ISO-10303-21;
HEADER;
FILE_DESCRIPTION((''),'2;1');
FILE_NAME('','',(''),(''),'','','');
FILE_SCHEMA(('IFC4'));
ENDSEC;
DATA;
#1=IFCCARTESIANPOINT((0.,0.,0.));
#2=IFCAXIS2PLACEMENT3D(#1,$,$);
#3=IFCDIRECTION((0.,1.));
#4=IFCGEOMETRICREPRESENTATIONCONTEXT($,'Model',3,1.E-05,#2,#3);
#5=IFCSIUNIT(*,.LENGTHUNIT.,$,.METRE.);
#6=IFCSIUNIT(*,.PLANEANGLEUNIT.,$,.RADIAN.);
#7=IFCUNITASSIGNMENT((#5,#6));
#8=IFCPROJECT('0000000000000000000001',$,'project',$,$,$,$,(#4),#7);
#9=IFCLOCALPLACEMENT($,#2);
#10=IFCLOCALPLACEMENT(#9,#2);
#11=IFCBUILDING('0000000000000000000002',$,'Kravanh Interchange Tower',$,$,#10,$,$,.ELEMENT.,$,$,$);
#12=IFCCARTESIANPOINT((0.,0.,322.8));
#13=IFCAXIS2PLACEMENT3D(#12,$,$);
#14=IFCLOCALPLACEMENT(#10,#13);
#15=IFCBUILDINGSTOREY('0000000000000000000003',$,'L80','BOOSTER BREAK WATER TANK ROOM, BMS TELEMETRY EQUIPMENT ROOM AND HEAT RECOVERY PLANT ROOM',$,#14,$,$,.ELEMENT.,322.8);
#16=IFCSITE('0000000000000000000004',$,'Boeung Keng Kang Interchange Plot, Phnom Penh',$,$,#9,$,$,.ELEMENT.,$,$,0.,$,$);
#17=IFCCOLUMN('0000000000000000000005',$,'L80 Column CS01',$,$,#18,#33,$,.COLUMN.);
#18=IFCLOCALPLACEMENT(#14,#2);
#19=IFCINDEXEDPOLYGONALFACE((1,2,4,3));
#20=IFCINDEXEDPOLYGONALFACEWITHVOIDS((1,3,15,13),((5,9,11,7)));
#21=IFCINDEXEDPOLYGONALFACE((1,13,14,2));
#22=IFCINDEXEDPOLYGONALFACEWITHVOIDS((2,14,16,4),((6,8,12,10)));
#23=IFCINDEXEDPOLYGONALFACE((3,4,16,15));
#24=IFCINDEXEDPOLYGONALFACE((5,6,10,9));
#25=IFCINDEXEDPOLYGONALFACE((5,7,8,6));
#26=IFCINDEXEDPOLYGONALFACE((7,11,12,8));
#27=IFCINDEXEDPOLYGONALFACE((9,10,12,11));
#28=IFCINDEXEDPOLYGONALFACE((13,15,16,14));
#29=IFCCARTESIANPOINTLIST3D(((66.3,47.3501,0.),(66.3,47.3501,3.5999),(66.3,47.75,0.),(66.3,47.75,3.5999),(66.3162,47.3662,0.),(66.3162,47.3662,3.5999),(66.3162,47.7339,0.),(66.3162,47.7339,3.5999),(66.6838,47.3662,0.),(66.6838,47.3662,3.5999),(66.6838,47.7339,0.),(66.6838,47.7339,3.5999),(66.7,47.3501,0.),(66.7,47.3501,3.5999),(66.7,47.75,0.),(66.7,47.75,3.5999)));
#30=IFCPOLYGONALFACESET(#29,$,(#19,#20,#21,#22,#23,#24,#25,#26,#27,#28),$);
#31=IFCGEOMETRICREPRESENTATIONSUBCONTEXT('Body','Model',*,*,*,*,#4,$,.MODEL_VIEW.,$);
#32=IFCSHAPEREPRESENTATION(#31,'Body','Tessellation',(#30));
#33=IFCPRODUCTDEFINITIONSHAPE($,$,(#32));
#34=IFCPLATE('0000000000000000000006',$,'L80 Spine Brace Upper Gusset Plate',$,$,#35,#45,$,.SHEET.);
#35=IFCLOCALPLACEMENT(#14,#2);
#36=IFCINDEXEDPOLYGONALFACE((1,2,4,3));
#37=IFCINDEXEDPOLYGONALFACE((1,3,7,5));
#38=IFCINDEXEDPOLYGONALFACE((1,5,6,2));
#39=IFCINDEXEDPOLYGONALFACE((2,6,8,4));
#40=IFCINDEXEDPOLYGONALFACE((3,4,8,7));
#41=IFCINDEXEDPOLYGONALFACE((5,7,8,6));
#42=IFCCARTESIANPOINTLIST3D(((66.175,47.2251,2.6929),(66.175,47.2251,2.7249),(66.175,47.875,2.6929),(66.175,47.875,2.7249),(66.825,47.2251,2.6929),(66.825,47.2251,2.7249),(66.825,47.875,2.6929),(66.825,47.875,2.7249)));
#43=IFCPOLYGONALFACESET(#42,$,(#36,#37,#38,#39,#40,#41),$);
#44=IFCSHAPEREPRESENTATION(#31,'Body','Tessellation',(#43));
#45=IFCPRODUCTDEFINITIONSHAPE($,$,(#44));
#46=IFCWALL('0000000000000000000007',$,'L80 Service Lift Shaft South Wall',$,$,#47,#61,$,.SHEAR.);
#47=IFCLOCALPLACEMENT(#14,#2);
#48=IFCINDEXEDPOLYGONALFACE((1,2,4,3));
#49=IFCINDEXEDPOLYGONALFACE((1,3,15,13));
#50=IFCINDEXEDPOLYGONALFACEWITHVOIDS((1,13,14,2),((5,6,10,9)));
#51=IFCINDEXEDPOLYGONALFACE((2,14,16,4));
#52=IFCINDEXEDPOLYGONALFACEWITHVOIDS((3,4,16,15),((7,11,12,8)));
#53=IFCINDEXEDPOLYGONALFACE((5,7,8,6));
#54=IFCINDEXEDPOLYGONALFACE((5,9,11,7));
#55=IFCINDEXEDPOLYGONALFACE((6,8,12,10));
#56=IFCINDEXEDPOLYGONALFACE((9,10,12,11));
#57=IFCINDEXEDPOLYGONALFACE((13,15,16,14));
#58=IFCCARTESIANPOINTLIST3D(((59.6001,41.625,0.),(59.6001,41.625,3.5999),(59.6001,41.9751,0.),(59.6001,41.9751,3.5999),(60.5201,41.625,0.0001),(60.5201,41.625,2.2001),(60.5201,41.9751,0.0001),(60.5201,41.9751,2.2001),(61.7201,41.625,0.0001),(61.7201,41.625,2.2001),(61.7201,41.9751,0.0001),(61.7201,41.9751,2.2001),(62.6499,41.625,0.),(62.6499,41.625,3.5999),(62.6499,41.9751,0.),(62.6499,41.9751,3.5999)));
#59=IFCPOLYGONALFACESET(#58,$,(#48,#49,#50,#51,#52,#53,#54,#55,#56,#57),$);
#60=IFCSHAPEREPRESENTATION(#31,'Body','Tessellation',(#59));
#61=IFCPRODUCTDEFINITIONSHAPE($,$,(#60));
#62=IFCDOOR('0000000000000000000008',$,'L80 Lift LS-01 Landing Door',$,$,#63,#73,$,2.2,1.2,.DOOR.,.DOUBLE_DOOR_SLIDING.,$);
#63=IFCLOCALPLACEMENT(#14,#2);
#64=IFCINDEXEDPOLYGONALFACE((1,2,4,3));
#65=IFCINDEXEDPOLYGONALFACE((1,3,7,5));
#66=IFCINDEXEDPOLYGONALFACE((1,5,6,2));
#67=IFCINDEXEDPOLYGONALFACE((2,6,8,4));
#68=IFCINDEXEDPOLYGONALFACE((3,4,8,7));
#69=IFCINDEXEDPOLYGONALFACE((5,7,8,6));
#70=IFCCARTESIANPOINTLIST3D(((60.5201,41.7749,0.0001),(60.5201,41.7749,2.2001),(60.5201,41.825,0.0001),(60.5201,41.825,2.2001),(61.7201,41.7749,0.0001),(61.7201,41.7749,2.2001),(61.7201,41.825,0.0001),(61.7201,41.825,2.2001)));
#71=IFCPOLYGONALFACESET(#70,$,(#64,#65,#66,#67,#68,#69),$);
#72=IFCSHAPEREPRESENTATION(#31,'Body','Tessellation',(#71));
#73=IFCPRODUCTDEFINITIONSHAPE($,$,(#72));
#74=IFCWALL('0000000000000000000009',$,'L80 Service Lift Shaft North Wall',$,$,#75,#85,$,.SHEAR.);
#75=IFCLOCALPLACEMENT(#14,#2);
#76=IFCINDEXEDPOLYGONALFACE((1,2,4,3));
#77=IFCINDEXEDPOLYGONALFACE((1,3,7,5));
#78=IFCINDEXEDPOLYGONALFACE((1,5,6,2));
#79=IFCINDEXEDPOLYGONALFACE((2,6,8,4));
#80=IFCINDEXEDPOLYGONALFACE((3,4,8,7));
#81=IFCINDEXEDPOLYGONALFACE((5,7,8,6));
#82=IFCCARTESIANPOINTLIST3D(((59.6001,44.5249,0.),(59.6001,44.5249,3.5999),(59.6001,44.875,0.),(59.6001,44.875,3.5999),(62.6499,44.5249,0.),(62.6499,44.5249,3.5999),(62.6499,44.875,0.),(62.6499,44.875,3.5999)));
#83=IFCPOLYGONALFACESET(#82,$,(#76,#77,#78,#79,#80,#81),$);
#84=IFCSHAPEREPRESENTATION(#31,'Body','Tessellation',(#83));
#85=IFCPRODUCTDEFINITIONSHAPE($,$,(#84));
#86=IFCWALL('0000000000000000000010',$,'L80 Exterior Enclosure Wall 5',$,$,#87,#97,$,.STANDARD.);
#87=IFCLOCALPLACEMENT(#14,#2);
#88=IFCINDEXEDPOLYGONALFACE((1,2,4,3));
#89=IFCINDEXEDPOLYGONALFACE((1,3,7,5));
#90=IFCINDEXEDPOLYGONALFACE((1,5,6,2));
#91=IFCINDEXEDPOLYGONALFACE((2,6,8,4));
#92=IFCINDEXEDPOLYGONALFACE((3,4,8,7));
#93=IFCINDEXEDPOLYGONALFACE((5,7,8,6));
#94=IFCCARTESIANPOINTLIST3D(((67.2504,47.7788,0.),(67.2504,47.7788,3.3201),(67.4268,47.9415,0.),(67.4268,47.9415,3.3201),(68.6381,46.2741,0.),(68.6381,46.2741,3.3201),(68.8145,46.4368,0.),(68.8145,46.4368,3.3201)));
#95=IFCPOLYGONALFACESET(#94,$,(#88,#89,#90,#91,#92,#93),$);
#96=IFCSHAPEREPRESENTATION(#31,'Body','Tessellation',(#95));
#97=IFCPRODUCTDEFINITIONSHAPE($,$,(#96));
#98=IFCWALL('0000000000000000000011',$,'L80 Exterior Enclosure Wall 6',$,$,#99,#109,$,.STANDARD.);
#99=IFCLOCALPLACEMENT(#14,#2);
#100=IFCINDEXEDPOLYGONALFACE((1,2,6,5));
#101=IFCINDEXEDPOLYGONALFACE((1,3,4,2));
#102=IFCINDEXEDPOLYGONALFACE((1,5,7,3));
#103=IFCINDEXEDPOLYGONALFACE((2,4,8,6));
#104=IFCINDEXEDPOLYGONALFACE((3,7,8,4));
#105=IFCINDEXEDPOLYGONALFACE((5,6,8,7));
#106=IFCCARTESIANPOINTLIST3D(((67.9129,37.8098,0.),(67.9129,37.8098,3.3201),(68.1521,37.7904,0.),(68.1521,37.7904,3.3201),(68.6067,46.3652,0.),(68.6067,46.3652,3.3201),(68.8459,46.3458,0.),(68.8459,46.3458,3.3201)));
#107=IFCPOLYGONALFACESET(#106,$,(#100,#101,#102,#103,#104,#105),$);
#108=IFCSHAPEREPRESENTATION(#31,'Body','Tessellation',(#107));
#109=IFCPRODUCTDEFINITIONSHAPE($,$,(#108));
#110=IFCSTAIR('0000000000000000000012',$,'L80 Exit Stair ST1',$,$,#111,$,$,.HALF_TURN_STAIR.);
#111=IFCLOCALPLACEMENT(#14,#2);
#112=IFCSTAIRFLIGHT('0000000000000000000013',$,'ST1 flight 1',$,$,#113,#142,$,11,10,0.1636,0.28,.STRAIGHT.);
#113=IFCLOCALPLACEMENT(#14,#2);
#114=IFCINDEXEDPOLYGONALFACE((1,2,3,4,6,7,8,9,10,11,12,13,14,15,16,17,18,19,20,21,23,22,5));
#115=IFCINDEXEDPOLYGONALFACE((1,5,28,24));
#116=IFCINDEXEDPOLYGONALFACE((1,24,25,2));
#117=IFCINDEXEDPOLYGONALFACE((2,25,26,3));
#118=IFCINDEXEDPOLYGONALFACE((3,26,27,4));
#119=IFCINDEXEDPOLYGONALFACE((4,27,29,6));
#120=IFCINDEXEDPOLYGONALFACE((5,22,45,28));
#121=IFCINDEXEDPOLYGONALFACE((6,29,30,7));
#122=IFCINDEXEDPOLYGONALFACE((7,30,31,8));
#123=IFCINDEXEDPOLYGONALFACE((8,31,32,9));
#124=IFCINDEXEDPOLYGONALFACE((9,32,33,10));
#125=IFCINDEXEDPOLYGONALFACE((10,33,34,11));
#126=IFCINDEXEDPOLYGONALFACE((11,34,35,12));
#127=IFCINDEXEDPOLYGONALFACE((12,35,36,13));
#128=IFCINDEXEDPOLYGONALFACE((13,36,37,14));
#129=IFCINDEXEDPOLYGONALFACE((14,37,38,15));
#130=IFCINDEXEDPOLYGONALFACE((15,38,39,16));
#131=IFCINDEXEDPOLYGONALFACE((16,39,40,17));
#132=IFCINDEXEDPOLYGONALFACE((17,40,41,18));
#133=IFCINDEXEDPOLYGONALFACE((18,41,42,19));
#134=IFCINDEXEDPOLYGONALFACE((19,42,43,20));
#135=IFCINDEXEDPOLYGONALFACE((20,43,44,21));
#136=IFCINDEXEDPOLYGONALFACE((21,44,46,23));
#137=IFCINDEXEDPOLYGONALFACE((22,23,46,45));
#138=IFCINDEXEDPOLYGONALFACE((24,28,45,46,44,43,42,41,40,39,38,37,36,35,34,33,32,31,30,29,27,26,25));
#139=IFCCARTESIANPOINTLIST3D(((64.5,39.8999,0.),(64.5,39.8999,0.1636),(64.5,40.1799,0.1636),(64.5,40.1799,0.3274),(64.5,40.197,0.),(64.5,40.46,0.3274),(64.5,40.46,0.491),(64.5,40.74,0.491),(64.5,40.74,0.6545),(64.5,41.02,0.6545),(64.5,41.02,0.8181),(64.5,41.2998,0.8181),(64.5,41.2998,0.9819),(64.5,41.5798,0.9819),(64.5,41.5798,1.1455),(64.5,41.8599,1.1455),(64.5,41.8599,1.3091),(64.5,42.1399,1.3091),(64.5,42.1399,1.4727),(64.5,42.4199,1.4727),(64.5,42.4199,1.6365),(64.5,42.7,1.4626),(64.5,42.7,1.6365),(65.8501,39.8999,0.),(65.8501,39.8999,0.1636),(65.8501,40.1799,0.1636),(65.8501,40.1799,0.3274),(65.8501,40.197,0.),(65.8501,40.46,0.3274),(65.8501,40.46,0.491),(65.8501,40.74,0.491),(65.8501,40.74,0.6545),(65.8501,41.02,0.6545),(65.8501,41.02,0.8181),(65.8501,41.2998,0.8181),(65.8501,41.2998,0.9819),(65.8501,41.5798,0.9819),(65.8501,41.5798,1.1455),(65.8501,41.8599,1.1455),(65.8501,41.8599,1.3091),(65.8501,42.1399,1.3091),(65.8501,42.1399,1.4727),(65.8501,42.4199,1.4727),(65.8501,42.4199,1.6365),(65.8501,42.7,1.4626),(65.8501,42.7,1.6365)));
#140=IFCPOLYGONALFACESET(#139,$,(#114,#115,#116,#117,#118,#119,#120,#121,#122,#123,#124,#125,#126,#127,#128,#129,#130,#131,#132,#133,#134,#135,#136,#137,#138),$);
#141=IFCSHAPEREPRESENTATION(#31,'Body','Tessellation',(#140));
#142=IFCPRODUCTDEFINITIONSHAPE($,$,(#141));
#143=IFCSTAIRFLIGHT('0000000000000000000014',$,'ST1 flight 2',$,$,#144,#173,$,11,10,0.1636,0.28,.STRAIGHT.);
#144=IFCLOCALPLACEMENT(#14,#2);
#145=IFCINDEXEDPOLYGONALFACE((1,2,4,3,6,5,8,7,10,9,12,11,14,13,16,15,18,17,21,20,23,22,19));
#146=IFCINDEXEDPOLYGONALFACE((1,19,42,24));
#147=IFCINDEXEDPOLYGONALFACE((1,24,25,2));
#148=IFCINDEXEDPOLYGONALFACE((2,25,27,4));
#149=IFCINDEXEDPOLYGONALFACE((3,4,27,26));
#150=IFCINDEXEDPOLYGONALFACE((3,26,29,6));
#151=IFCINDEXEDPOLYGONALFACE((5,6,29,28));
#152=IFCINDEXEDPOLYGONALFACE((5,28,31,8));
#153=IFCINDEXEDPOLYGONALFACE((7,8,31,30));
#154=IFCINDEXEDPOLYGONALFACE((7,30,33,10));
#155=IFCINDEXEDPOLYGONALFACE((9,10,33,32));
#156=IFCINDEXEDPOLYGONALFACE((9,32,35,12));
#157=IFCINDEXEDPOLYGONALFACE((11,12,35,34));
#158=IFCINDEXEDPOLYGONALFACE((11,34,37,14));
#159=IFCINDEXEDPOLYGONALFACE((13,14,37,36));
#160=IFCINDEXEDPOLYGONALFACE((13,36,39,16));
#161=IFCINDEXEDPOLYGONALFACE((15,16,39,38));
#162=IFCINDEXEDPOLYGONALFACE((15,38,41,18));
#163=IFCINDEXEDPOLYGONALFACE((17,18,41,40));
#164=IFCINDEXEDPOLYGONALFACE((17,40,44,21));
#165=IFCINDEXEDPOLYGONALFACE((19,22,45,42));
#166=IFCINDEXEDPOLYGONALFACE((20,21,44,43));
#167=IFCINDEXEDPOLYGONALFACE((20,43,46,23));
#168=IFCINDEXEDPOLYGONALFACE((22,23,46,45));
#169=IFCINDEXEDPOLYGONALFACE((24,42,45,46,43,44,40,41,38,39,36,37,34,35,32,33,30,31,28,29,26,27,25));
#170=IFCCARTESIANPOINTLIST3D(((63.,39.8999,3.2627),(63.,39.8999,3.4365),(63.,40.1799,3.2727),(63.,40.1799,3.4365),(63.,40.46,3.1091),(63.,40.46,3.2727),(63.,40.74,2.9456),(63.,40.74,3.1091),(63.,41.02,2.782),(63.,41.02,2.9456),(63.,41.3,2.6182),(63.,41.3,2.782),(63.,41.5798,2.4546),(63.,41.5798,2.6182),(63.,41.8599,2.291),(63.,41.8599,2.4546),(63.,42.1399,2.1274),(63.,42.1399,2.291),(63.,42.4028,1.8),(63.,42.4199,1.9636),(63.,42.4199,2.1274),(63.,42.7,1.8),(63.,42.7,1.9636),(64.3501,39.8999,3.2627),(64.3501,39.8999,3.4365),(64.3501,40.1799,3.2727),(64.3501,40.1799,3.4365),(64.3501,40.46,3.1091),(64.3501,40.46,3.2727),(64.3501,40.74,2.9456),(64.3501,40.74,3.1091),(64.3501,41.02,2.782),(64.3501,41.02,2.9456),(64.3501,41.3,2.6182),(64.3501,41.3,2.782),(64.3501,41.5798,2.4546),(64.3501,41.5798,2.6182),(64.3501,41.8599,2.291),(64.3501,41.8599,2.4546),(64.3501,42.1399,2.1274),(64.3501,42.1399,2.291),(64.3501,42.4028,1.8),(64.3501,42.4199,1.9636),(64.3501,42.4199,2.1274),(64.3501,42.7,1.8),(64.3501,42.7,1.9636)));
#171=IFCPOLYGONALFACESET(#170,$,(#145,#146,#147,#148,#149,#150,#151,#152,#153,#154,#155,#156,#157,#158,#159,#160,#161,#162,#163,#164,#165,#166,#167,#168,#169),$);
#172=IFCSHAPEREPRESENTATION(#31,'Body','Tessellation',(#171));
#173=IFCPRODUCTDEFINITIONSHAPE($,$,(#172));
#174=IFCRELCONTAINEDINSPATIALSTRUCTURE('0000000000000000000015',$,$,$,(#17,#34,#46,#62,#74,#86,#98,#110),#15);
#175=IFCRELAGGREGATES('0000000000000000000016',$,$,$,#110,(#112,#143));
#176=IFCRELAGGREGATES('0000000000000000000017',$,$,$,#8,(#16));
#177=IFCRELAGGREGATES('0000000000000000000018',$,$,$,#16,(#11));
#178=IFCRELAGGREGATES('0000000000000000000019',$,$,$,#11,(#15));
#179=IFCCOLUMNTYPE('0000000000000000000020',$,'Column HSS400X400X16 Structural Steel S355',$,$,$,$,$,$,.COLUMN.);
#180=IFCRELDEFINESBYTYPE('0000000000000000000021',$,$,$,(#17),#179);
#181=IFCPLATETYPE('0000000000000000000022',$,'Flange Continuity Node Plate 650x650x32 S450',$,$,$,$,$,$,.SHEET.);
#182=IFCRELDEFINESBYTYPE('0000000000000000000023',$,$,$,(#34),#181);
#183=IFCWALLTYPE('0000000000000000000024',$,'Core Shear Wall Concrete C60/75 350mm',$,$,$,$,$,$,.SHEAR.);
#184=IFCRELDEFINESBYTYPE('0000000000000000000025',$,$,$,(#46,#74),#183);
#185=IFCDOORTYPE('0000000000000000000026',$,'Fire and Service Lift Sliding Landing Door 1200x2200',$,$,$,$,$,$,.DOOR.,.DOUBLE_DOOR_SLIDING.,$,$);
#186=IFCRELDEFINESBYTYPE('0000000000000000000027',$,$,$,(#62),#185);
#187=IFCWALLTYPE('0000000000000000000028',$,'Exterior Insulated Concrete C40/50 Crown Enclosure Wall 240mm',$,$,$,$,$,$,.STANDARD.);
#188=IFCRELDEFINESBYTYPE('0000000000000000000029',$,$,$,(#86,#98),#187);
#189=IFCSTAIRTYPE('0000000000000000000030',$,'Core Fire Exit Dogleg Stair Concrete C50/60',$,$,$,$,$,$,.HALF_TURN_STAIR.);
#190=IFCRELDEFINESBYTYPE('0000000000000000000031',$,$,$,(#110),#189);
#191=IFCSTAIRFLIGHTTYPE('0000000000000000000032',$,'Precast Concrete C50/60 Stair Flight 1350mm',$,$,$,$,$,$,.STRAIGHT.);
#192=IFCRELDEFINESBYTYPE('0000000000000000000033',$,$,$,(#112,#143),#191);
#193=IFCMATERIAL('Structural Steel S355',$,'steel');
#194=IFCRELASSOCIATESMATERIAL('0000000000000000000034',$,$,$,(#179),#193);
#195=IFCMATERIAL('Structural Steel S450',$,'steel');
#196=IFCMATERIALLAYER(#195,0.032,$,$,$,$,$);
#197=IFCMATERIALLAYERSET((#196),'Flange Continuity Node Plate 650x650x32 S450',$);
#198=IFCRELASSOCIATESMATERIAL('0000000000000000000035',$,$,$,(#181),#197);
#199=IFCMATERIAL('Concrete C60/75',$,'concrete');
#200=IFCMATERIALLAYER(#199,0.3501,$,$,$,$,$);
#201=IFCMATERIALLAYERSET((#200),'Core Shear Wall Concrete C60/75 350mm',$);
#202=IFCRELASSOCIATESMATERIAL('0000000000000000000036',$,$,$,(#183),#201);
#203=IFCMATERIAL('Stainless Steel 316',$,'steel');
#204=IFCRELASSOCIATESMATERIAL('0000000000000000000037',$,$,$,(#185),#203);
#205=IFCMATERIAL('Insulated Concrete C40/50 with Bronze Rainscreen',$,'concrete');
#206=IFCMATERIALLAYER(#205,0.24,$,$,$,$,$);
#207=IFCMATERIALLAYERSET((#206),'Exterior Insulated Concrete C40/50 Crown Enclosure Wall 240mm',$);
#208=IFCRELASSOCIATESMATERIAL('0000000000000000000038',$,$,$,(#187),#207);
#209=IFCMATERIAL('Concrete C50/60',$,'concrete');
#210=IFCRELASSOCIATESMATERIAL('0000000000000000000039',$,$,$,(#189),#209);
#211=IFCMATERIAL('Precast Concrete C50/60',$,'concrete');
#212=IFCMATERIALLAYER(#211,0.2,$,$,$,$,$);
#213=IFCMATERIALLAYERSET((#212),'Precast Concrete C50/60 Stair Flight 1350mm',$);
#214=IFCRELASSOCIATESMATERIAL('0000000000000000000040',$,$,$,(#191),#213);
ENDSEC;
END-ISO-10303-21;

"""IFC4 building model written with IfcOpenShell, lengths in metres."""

from ifc_helpers import new_model, si_unit, direction, frame, frame_2d, origin, origin_2d, place, context, subcontext, project, spatial, polyline, rectangle, hollow_rectangle, outline, extrude, material, layer, layer_set, material_profile, profile_set, type_object, element, fill, aggregate, save


model = new_model("IFC4")

# Units and contexts
model_context = context("Model", 3, precision=1e-05, world=origin(), true_north=direction((0.0, 1.0)))
body_context = subcontext(model_context, "Body", "Model", "MODEL_VIEW")
ifc_project = project(units=[si_unit("LENGTHUNIT", "METRE"), si_unit("PLANEANGLEUNIT", "RADIAN")], contexts=[model_context])

# Site, building, storey
site_placement = place(None, origin())
site = spatial("IfcSite", under=ifc_project, at=site_placement, Name="Boeung Keng Kang Interchange Plot, Phnom Penh", CompositionType="ELEMENT", RefElevation=0.0)
building_placement = place(site_placement, origin())
building = spatial("IfcBuilding", under=site, at=building_placement, Name="Kravanh Interchange Tower", CompositionType="ELEMENT")
storey_placement = place(building_placement, frame((0.0, 0.0, 322.8)))
storey = spatial("IfcBuildingStorey", under=building, at=storey_placement, Name="L80", Description="BOOSTER BREAK WATER TANK ROOM, BMS TELEMETRY EQUIPMENT ROOM AND HEAT RECOVERY PLANT ROOM", CompositionType="ELEMENT", Elevation=322.8)

# Column
ifc_material_1 = material(Name="Structural Steel S355", Category="steel")
ifc_material_profile = material_profile(ifc_material_1, hollow_rectangle(XDim=0.3999, YDim=0.3999, WallThickness=0.0161, at=origin_2d()), Name="HSS400X400X16")
ifc_profile_set = profile_set([ifc_material_profile], Name="Structural Steel S355")
column_type = type_object("IfcColumnType", Name="Column HSS400X400X16 Structural Steel S355", PredefinedType="COLUMN", material=ifc_profile_set)
column_placement = place(storey_placement, frame((66.5, 47.55, 0.0), z_axis=(0.0, 0.0, 1.0), x_axis=(1.0, 0.0, 0.0)))
element("IfcColumn", 1, at=column_placement, inside=storey, type_object=column_type, Name="L80 Column CS01", PredefinedType="COLUMN", context=body_context, shape_type="SweptSolid", body=[
    extrude(hollow_rectangle(XDim=0.3999, YDim=0.3999, WallThickness=0.0161, at=origin_2d()), origin(), (0.0, 0.0, 1.0), 3.5999),
])

# Plate
ifc_material_2 = material(Name="Structural Steel S450", Category="steel")
ifc_layer_1 = layer(ifc_material_2, 0.032)
ifc_layer_set_1 = layer_set([ifc_layer_1], Name="Flange Continuity Node Plate 650x650x32 S450")
plate_type = type_object("IfcPlateType", Name="Flange Continuity Node Plate 650x650x32 S450", PredefinedType="SHEET", material=ifc_layer_set_1)
plate_placement = place(storey_placement, frame((66.5, 47.55, 2.6929), z_axis=(0.0, 0.0, 1.0), x_axis=(1.0, 0.0, 0.0)))
element("IfcPlate", 2, at=plate_placement, inside=storey, type_object=plate_type, Name="L80 Spine Brace Upper Gusset Plate", PredefinedType="SHEET", context=body_context, shape_type="SweptSolid", body=[
    extrude(rectangle(XDim=0.6499, YDim=0.6499, at=origin_2d()), origin(), (0.0, 0.0, 1.0), 0.032),
])

# Wall, opening, door
ifc_material_3 = material(Name="Concrete C60/75", Category="concrete")
ifc_layer_2 = layer(ifc_material_3, 0.3501)
ifc_layer_set_2 = layer_set([ifc_layer_2], Name="Core Shear Wall Concrete C60/75 350mm")
wall_type_1 = type_object("IfcWallType", Name="Core Shear Wall Concrete C60/75 350mm", PredefinedType="SHEAR", material=ifc_layer_set_2)
wall_1_placement = place(storey_placement, frame((59.6001, 41.8, 0.0), z_axis=(0.0, 0.0, 1.0), x_axis=(1.0, 0.0, 0.0)))
wall_1 = element("IfcWall", 3, at=wall_1_placement, inside=storey, type_object=wall_type_1, Name="L80 Service Lift Shaft South Wall", PredefinedType="SHEAR", context=body_context, shape_type="SweptSolid", body=[
    extrude(rectangle(XDim=3.0498, YDim=0.3501, at=frame_2d((1.5249, 0.0))), origin(), (0.0, 0.0, 1.0), 3.5999),
])
opening_placement = place(wall_1_placement, frame((0.9199, 0.0, 0.0)))
opening = element("IfcOpeningElement", 4, at=opening_placement, cuts=wall_1, PredefinedType="OPENING", context=body_context, shape_type="SweptSolid", body=[
    extrude(rectangle(XDim=1.2, YDim=2.2, at=frame_2d((0.6001, 1.1001))), frame((0.0, 0.1851, 0.0), z_axis=(0.0, -1.0, 0.0), x_axis=(1.0, 0.0, 0.0)), (0.0, 0.0, 1.0), 0.3701),
])
ifc_material_4 = material(Name="Stainless Steel 316", Category="steel")
door_type = type_object("IfcDoorType", Name="Fire and Service Lift Sliding Landing Door 1200x2200", OperationType="DOUBLE_DOOR_SLIDING", PredefinedType="DOOR", material=ifc_material_4)
door_placement = place(opening_placement, origin())
door = element("IfcDoor", 5, at=door_placement, inside=storey, type_object=door_type, Name="L80 Lift LS-01 Landing Door", OperationType="DOUBLE_DOOR_SLIDING", OverallHeight=2.2, OverallWidth=1.2, PredefinedType="DOOR", context=body_context, shape_type="SweptSolid", body=[
    extrude(rectangle(XDim=1.2, YDim=2.2, at=frame_2d((0.6001, 1.1001))), frame((0.0, 0.0249, 0.0), z_axis=(0.0, -1.0, 0.0), x_axis=(1.0, 0.0, 0.0)), (0.0, 0.0, 1.0), 0.05),
])
fill(opening, door)

# Walls
wall_2_placement = place(storey_placement, frame((59.6001, 44.7, 0.0), z_axis=(0.0, 0.0, 1.0), x_axis=(1.0, 0.0, 0.0)))
element("IfcWall", 6, at=wall_2_placement, inside=storey, type_object=wall_type_1, Name="L80 Service Lift Shaft North Wall", PredefinedType="SHEAR", context=body_context, shape_type="SweptSolid", body=[
    extrude(rectangle(XDim=3.0498, YDim=0.3501, at=frame_2d((1.5249, 0.0))), origin(), (0.0, 0.0, 1.0), 3.5999),
])
ifc_material_5 = material(Name="Insulated Concrete C40/50 with Bronze Rainscreen", Category="concrete")
ifc_layer_3 = layer(ifc_material_5, 0.24)
ifc_layer_set_3 = layer_set([ifc_layer_3], Name="Exterior Insulated Concrete C40/50 Crown Enclosure Wall 240mm")
wall_type_2 = type_object("IfcWallType", Name="Exterior Insulated Concrete C40/50 Crown Enclosure Wall 240mm", PredefinedType="STANDARD", material=ifc_layer_set_3)
wall_3_placement = place(storey_placement, frame((67.3386, 47.8601, 0.0), z_axis=(0.0, 0.0, 1.0), x_axis=(0.677963, -0.735096, 0.0)))
element("IfcWall", 7, at=wall_3_placement, inside=storey, type_object=wall_type_2, Name="L80 Exterior Enclosure Wall 5", PredefinedType="STANDARD", context=body_context, shape_type="SweptSolid", body=[
    extrude(rectangle(XDim=2.0469, YDim=0.24, at=frame_2d((1.0234, 0.0))), origin(), (0.0, 0.0, 1.0), 3.3201),
])
wall_4_placement = place(storey_placement, frame((68.7263, 46.3555, 0.0), z_axis=(0.0, 0.0, 1.0), x_axis=(-0.080835, -0.996727, 0.0)))
element("IfcWall", 8, at=wall_4_placement, inside=storey, type_object=wall_type_2, Name="L80 Exterior Enclosure Wall 6", PredefinedType="STANDARD", context=body_context, shape_type="SweptSolid", body=[
    extrude(rectangle(XDim=8.5835, YDim=0.24, at=frame_2d((4.2917, 0.0))), origin(), (0.0, 0.0, 1.0), 3.3201),
])

# Stair, stair flights
ifc_material_6 = material(Name="Concrete C50/60", Category="concrete")
stair_type = type_object("IfcStairType", Name="Core Fire Exit Dogleg Stair Concrete C50/60", PredefinedType="HALF_TURN_STAIR", material=ifc_material_6)
stair_1_placement = place(storey_placement, origin())
stair_1 = element("IfcStair", 9, at=stair_1_placement, inside=storey, type_object=stair_type, Name="L80 Exit Stair ST1", PredefinedType="HALF_TURN_STAIR")
ifc_material_7 = material(Name="Precast Concrete C50/60", Category="concrete")
ifc_layer_4 = layer(ifc_material_7, 0.2)
ifc_layer_set_4 = layer_set([ifc_layer_4], Name="Precast Concrete C50/60 Stair Flight 1350mm")
stair_flight_type = type_object("IfcStairFlightType", Name="Precast Concrete C50/60 Stair Flight 1350mm", PredefinedType="STRAIGHT", material=ifc_layer_set_4)
stair_flight_1_placement = place(storey_placement, frame((65.175, 39.8999, 0.0), z_axis=(0.0, 0.0, 1.0), x_axis=(0.0, 1.0, 0.0)))
stair_flight_1 = element("IfcStairFlight", 10, at=stair_flight_1_placement, type_object=stair_flight_type, Name="ST1 flight 1", NumberOfRisers=11, NumberOfTreads=10, PredefinedType="STRAIGHT", RiserHeight=0.1636, TreadLength=0.28, context=body_context, shape_type="SweptSolid", body=[
    extrude(outline(polyline([(0.0, 0.0), (0.0, 0.1636), (0.28, 0.1636), (0.28, 0.3274), (0.5601, 0.3274), (0.5601, 0.491), (0.8401, 0.491), (0.8401, 0.6545), (1.1201, 0.6545), (1.1201, 0.8181), (1.3999, 0.8181), (1.3999, 0.9819), (1.6799, 0.9819), (1.6799, 1.1455), (1.96, 1.1455), (1.96, 1.3091), (2.24, 1.3091), (2.24, 1.4727), (2.52, 1.4727), (2.52, 1.6365), (2.8, 1.6365), (2.8, 1.8), (2.8, 1.4626), (0.2971, 0.0), (0.0, 0.0)])), frame((0.0, 0.675, 0.0), z_axis=(0.0, -1.0, 0.0), x_axis=(1.0, 0.0, 0.0)), (0.0, 0.0, 1.0), 1.3501),
])
stair_flight_2_placement = place(storey_placement, frame((63.675, 42.7, 1.8), z_axis=(0.0, 0.0, 1.0), x_axis=(0.0, -1.0, 0.0)))
stair_flight_2 = element("IfcStairFlight", 11, at=stair_flight_2_placement, type_object=stair_flight_type, Name="ST1 flight 2", NumberOfRisers=11, NumberOfTreads=10, PredefinedType="STRAIGHT", RiserHeight=0.1636, TreadLength=0.28, context=body_context, shape_type="SweptSolid", body=[
    extrude(outline(polyline([(0.0, 0.0), (0.0, 0.1636), (0.28, 0.1636), (0.28, 0.3274), (0.5601, 0.3274), (0.5601, 0.491), (0.8401, 0.491), (0.8401, 0.6545), (1.1201, 0.6545), (1.1201, 0.8181), (1.3999, 0.8181), (1.3999, 0.9819), (1.6799, 0.9819), (1.6799, 1.1455), (1.96, 1.1455), (1.96, 1.3091), (2.24, 1.3091), (2.24, 1.4727), (2.52, 1.4727), (2.52, 1.6365), (2.8, 1.6365), (2.8, 1.8), (2.8, 1.4626), (0.2971, 0.0), (0.0, 0.0)])), frame((0.0, 0.675, 0.0), z_axis=(0.0, -1.0, 0.0), x_axis=(1.0, 0.0, 0.0)), (0.0, 0.0, 1.0), 1.3501),
])
aggregate(stair_1, [stair_flight_1, stair_flight_2])

save(model, "model.ifc")
